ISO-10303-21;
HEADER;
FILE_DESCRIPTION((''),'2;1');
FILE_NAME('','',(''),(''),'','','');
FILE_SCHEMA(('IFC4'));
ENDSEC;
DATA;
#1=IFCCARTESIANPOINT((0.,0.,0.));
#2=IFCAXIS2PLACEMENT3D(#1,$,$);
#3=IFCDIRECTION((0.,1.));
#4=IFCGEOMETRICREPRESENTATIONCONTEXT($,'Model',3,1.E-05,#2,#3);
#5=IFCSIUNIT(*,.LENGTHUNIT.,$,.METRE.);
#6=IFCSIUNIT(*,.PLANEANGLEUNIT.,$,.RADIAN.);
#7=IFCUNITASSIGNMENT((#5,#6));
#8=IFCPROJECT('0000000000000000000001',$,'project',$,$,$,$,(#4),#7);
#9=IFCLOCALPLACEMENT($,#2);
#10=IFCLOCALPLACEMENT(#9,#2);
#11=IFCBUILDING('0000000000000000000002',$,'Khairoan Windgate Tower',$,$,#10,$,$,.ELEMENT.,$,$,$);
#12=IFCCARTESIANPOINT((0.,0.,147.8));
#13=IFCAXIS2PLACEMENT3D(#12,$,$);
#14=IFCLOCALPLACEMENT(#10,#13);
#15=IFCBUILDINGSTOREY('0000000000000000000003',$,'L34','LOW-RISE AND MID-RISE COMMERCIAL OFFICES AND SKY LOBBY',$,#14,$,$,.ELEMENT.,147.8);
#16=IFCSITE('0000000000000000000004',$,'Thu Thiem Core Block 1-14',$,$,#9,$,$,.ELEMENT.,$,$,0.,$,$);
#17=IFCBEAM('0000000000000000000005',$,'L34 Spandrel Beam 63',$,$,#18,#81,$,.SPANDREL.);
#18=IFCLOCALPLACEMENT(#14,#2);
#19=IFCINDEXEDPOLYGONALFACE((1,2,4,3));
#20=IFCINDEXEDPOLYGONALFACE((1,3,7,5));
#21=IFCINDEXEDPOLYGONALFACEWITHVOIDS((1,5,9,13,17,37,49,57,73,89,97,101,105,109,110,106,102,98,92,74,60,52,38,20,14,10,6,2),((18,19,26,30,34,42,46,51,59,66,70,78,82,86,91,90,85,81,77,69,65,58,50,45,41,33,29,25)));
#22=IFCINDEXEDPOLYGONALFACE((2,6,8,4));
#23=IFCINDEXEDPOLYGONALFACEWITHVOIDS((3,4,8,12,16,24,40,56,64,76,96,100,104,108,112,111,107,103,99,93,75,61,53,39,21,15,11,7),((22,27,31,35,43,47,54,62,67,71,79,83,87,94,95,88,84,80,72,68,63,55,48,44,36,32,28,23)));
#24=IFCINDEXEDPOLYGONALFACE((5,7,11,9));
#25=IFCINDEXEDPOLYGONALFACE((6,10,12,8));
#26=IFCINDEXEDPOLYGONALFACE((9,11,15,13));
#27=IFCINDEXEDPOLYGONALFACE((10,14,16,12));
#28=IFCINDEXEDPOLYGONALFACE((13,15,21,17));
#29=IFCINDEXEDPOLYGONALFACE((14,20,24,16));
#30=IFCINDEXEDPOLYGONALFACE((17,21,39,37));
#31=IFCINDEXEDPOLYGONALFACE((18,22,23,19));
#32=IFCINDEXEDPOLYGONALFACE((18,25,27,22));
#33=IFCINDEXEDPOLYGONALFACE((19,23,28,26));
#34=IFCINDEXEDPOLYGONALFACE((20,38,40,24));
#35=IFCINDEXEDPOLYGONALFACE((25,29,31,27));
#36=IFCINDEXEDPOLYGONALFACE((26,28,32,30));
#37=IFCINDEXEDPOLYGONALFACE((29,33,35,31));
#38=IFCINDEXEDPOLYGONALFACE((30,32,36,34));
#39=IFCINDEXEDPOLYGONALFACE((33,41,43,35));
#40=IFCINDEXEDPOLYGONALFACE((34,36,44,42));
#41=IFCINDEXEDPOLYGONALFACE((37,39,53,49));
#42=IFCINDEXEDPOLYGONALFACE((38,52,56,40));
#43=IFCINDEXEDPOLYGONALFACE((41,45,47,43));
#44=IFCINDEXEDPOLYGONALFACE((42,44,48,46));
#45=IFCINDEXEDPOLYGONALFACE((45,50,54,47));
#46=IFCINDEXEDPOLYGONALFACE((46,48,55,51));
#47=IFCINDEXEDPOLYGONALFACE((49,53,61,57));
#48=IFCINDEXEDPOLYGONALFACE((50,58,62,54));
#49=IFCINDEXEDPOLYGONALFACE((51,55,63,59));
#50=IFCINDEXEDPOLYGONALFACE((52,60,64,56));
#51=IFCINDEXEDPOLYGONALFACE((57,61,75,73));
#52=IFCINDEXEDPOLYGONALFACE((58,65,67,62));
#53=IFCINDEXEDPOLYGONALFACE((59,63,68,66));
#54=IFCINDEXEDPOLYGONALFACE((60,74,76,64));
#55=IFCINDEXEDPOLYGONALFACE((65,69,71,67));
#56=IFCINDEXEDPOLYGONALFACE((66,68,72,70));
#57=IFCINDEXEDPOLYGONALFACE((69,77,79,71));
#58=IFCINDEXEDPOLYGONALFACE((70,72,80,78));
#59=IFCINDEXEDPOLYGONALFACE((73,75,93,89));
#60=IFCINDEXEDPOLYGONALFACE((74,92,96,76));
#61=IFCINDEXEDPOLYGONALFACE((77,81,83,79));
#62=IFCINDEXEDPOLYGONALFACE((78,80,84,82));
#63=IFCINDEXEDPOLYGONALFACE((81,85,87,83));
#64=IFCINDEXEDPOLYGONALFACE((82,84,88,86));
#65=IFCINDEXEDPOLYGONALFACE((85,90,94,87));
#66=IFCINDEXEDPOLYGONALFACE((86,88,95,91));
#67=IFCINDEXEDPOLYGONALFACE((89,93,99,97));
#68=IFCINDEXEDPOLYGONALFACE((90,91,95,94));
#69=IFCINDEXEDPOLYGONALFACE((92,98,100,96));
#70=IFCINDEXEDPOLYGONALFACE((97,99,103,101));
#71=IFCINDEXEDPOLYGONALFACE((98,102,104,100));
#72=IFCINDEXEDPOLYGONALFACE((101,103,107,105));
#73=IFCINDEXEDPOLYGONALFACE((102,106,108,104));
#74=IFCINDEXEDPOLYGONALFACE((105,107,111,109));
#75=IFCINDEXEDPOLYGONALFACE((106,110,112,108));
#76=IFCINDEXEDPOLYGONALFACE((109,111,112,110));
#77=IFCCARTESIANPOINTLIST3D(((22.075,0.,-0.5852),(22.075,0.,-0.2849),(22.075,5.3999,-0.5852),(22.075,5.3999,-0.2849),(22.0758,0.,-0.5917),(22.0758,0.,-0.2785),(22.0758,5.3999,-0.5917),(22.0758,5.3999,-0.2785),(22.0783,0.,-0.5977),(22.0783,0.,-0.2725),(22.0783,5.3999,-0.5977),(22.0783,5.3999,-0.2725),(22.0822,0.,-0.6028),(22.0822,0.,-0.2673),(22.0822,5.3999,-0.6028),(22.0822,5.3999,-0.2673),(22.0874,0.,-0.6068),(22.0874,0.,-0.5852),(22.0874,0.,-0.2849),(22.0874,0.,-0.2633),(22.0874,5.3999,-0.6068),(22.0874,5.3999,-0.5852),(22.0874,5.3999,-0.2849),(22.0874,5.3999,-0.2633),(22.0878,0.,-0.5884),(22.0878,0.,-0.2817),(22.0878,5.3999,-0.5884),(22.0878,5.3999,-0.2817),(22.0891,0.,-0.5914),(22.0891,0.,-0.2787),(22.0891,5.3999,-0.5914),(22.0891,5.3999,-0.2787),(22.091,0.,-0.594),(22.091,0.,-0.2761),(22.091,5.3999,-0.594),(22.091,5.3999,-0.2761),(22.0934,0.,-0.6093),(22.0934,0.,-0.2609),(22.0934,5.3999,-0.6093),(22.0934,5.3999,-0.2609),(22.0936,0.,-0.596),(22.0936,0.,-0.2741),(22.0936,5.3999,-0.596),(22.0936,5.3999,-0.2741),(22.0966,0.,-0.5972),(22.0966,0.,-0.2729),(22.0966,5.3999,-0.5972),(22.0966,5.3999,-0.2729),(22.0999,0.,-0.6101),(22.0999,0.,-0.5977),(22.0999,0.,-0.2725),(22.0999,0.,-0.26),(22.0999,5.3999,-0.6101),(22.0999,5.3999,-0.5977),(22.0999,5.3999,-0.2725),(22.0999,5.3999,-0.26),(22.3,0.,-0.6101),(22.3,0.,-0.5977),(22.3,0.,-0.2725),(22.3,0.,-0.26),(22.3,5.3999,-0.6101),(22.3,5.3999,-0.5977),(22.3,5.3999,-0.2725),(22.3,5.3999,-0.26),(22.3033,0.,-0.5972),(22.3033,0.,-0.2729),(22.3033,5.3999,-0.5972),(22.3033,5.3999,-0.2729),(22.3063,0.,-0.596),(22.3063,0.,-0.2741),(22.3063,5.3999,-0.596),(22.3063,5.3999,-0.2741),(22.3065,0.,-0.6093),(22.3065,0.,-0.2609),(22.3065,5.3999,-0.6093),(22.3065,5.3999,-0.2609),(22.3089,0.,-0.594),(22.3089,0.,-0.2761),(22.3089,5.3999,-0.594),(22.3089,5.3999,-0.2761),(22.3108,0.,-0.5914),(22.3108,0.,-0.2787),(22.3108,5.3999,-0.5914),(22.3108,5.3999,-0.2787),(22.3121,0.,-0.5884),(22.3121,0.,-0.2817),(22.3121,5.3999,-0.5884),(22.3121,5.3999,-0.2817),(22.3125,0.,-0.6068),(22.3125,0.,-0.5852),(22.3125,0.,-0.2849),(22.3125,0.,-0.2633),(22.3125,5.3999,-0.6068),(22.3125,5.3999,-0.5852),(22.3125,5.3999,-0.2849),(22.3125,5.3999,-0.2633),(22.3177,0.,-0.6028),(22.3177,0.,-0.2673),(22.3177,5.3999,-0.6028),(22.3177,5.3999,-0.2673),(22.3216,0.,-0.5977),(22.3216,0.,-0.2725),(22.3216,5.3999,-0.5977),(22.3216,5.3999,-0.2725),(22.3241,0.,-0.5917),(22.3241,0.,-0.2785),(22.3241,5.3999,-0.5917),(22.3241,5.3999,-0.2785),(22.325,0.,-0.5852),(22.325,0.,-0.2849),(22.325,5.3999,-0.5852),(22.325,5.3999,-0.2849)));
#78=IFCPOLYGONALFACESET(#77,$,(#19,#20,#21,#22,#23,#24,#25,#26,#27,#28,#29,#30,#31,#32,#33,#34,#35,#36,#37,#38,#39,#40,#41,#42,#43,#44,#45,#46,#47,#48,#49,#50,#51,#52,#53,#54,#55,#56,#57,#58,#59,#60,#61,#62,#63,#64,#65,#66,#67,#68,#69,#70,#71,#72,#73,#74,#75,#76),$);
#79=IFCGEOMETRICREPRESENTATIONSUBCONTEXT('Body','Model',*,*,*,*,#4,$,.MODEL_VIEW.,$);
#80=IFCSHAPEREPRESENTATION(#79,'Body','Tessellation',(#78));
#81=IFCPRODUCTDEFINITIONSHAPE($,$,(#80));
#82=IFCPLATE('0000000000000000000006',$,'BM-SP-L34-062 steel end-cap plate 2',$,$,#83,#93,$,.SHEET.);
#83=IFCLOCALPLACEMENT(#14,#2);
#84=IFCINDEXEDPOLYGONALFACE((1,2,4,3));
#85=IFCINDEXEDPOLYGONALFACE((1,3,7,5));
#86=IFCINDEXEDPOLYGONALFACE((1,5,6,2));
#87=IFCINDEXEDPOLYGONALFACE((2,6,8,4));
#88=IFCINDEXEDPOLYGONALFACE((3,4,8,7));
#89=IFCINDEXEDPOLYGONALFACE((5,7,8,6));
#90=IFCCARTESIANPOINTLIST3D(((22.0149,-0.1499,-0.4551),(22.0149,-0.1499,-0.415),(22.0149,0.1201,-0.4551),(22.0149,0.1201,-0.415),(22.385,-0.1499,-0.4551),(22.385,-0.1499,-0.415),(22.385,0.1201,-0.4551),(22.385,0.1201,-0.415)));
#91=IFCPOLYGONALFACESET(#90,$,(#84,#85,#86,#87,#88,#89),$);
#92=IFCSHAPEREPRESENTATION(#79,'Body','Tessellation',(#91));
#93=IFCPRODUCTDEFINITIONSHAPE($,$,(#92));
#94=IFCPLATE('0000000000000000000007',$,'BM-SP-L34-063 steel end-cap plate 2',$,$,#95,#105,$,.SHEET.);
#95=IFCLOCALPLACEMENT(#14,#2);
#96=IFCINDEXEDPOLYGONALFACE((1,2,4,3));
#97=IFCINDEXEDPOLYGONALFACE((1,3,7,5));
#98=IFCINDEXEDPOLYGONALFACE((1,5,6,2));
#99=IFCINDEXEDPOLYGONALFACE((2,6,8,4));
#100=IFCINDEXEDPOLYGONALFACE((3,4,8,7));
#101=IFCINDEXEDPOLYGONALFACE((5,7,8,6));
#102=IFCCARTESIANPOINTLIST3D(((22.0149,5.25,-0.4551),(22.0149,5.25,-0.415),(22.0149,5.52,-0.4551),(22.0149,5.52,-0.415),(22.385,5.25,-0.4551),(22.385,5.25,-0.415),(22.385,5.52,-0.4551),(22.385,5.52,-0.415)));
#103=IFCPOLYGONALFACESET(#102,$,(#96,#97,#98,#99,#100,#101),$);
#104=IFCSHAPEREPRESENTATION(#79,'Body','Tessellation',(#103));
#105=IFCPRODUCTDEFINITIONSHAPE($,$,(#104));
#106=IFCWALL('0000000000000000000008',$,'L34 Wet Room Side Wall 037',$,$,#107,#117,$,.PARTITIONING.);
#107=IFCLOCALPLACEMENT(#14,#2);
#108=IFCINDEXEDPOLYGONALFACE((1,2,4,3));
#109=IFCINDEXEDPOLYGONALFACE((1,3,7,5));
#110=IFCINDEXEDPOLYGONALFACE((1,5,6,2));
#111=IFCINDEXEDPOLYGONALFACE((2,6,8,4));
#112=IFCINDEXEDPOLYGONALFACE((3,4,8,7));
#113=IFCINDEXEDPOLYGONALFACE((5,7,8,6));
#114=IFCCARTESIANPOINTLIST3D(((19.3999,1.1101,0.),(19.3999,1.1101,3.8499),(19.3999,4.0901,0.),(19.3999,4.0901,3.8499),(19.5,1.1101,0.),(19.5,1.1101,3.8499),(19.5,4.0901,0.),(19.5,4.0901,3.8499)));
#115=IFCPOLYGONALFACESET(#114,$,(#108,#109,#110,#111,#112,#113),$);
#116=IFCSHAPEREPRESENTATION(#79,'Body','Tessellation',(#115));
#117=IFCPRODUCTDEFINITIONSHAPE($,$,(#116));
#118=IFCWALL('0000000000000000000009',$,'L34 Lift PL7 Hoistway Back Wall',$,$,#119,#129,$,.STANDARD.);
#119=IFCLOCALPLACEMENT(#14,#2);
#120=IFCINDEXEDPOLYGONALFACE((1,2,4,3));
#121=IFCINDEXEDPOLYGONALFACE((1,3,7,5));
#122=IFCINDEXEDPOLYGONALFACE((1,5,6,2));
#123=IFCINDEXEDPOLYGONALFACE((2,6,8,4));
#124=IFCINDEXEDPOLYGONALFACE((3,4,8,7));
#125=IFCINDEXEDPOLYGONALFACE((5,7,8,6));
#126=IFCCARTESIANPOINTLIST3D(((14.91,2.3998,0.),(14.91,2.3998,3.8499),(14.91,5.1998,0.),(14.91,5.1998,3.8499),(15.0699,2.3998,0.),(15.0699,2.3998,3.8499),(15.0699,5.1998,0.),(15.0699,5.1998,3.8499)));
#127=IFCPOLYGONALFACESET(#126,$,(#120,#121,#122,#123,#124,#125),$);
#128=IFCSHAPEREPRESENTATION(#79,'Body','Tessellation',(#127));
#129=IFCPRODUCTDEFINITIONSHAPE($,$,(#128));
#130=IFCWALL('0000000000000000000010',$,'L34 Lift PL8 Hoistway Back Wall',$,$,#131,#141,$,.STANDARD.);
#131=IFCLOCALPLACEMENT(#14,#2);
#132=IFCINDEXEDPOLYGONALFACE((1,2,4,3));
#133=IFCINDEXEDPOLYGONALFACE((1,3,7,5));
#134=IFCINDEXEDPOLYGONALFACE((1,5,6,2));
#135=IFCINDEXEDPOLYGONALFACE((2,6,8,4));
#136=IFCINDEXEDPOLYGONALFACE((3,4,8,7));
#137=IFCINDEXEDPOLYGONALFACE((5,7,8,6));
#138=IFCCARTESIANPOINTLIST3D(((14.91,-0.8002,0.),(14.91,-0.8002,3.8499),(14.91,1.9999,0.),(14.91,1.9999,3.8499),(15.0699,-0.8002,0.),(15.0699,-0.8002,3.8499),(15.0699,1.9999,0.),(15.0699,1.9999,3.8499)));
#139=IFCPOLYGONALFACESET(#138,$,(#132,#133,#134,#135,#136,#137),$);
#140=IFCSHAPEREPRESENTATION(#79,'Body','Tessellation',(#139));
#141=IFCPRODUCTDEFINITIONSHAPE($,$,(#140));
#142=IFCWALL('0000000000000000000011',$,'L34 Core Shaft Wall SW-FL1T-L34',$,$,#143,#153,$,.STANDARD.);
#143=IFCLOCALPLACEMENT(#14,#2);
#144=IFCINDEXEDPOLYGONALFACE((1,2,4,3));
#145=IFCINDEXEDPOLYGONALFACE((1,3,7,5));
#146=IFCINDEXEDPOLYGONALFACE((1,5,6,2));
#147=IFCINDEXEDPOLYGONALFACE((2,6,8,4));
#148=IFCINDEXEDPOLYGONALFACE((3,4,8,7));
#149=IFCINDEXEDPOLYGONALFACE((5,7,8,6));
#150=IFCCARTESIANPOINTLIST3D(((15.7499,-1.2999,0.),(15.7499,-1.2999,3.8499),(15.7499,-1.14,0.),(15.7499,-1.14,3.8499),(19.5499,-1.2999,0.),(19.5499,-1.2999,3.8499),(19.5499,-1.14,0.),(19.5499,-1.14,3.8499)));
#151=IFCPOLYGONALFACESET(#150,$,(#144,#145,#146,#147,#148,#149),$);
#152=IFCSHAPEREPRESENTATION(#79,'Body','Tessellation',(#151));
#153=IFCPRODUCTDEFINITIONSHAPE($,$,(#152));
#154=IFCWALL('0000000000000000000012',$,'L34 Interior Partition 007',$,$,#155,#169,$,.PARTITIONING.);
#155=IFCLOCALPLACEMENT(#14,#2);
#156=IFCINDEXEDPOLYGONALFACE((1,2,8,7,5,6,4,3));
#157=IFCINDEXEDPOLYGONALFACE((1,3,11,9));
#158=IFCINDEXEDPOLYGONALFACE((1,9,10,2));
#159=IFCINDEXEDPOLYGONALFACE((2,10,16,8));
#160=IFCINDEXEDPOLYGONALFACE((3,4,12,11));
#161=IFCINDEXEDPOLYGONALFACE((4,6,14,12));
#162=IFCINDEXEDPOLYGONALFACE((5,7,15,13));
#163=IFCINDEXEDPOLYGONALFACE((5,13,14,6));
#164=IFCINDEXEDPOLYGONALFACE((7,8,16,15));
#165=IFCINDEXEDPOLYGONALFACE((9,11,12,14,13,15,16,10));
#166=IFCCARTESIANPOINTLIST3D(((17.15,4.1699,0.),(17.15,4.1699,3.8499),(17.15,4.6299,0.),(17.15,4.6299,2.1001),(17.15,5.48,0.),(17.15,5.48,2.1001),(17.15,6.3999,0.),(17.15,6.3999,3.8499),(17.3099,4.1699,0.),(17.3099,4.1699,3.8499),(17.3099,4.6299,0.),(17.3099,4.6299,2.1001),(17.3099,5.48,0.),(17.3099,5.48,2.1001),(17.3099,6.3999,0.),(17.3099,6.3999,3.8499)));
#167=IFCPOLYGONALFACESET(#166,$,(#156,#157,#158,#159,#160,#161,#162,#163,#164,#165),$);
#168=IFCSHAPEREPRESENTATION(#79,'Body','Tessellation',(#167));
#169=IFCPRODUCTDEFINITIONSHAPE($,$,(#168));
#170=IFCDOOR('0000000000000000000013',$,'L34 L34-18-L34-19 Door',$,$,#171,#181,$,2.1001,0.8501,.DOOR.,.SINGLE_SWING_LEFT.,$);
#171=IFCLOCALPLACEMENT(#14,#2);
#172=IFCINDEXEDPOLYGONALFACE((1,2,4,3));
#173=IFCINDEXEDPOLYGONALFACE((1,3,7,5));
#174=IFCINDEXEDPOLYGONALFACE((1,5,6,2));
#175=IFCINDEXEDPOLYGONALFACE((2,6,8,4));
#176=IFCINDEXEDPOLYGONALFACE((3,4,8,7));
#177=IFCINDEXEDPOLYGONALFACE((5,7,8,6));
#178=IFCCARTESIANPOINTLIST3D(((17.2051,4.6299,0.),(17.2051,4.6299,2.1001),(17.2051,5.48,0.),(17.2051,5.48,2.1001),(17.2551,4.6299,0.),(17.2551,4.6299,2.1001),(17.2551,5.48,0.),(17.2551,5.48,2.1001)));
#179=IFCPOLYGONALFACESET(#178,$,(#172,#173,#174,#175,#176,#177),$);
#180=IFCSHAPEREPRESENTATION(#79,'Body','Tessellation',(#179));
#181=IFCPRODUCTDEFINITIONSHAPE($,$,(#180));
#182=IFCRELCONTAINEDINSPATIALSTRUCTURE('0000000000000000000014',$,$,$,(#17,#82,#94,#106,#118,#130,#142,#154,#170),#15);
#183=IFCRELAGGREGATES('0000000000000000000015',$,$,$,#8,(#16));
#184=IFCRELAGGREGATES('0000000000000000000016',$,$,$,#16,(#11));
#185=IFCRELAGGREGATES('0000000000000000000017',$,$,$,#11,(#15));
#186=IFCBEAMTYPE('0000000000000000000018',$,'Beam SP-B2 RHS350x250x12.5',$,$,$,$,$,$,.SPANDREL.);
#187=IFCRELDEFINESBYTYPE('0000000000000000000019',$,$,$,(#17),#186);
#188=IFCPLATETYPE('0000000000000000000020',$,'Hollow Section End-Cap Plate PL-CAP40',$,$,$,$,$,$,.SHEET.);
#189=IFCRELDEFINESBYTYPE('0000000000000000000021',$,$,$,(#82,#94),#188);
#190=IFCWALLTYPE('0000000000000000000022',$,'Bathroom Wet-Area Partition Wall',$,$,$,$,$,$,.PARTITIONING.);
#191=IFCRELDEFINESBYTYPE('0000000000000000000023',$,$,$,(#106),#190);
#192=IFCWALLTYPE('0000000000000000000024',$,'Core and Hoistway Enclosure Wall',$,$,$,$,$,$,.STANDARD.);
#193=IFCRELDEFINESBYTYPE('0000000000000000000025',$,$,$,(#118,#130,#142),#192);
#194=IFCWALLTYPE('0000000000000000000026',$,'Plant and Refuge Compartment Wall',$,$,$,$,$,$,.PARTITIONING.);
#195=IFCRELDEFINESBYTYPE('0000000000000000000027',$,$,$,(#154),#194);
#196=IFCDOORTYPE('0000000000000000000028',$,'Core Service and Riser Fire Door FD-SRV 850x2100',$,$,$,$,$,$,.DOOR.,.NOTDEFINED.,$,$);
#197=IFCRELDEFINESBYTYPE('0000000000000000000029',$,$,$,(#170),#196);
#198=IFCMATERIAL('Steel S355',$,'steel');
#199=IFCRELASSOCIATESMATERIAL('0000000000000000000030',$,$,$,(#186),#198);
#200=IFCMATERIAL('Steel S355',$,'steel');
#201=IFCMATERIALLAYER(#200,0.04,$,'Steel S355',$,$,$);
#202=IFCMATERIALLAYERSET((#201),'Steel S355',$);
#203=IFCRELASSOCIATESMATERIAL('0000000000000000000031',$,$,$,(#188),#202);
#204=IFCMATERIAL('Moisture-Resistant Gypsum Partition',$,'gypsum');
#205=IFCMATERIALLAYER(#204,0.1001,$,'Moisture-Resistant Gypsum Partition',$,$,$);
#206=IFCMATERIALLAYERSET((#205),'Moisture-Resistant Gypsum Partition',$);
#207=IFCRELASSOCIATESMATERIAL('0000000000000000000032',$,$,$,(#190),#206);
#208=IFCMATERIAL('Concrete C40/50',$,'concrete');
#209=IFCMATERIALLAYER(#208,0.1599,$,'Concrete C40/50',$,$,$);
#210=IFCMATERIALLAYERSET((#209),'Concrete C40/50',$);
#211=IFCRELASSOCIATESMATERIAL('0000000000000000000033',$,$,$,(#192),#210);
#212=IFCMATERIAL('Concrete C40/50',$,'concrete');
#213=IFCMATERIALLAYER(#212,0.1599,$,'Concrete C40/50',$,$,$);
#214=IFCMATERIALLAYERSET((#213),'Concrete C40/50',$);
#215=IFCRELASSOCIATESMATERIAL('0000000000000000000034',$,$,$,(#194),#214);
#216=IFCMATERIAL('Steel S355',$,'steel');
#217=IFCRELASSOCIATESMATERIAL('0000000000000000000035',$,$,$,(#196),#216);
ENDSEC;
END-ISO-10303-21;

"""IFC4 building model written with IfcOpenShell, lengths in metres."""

from ifc_helpers import new_model, si_unit, direction, frame, frame_2d, origin, origin_2d, place, context, subcontext, project, spatial, rectangle, hollow_rectangle, extrude, material, layer, layer_set, material_profile, profile_set, type_object, element, fill, save


model = new_model("IFC4")

# Units and contexts
model_context = context("Model", 3, precision=1e-05, world=origin(), true_north=direction((0.0, 1.0)))
body_context = subcontext(model_context, "Body", "Model", "MODEL_VIEW")
ifc_project = project(units=[si_unit("LENGTHUNIT", "METRE"), si_unit("PLANEANGLEUNIT", "RADIAN")], contexts=[model_context])

# Site, building, storey
site_placement = place(None, origin())
site = spatial("IfcSite", under=ifc_project, at=site_placement, Name="Thu Thiem Core Block 1-14", CompositionType="ELEMENT", RefElevation=0.0)
building_placement = place(site_placement, origin())
building = spatial("IfcBuilding", under=site, at=building_placement, Name="Khairoan Windgate Tower", CompositionType="ELEMENT")
storey_placement = place(building_placement, frame((0.0, 0.0, 147.8)))
storey = spatial("IfcBuildingStorey", under=building, at=storey_placement, Name="L34", Description="LOW-RISE AND MID-RISE COMMERCIAL OFFICES AND SKY LOBBY", CompositionType="ELEMENT", Elevation=147.8)

# Beam
ifc_material_1 = material(Name="Steel S355", Category="steel")
ifc_material_profile_1 = material_profile(ifc_material_1, hollow_rectangle(XDim=0.25, YDim=0.3501, WallThickness=0.0125, InnerFilletRadius=0.0125, OuterFilletRadius=0.0249, at=origin_2d()))
ifc_profile_set_1 = profile_set([ifc_material_profile_1], Name="Steel S355")
beam_type_1 = type_object("IfcBeamType", Name="Beam SP-B2 RHS350x250x12.5", PredefinedType="SPANDREL", material=ifc_profile_set_1)
beam_1_placement = place(storey_placement, frame((22.2, 0.0, -0.4351), z_axis=(0.0, 1.0, 0.0), x_axis=(-1.0, 0.0, 0.0)))
element("IfcBeam", 1, at=beam_1_placement, inside=storey, type_object=beam_type_1, Name="L34 Spandrel Beam 63", PredefinedType="SPANDREL", context=body_context, shape_type="SweptSolid", body=[
    extrude(hollow_rectangle(XDim=0.25, YDim=0.3501, WallThickness=0.0125, InnerFilletRadius=0.0125, OuterFilletRadius=0.0249, at=origin_2d()), origin(), (0.0, 0.0, 1.0), 5.3999),
])

# Plates
ifc_material_2 = material(Name="Steel S355", Category="steel")
ifc_layer_1 = layer(ifc_material_2, 0.04, Name="Steel S355")
ifc_layer_set_1 = layer_set([ifc_layer_1], Name="Steel S355")
plate_type = type_object("IfcPlateType", Name="Hollow Section End-Cap Plate PL-CAP40", PredefinedType="SHEET", material=ifc_layer_set_1)
for number, where, z_axis, x_axis, name in (
    (2, (22.2, -0.0149, -0.4551), (0.0, 0.0, 1.0), (0.0, 1.0, 0.0), "BM-SP-L34-062 steel end-cap plate 2"),
    (3, (22.2, 5.385, -0.4551), (0.0, 0.0, 1.0), (0.0, 1.0, 0.0), "BM-SP-L34-063 steel end-cap plate 2"),
):
    element("IfcPlate", number, at=place(storey_placement, frame(where, z_axis=z_axis, x_axis=x_axis)), inside=storey, type_object=plate_type, Name=name, PredefinedType="SHEET", context=body_context, shape_type="SweptSolid", body=[
        extrude(rectangle(XDim=0.27, YDim=0.3701, at=origin_2d()), origin(), (0.0, 0.0, 1.0), 0.04),
    ])

# Walls
ifc_material_3 = material(Name="Moisture-Resistant Gypsum Partition", Category="gypsum")
ifc_layer_2 = layer(ifc_material_3, 0.1001, Name="Moisture-Resistant Gypsum Partition")
ifc_layer_set_2 = layer_set([ifc_layer_2], Name="Moisture-Resistant Gypsum Partition")
wall_type_1 = type_object("IfcWallType", Name="Bathroom Wet-Area Partition Wall", PredefinedType="PARTITIONING", material=ifc_layer_set_2)
wall_1_placement = place(storey_placement, frame((19.45, 4.0901, 0.0), z_axis=(0.0, 0.0, 1.0), x_axis=(0.0, -1.0, 0.0)))
element("IfcWall", 4, at=wall_1_placement, inside=storey, type_object=wall_type_1, Name="L34 Wet Room Side Wall 037", PredefinedType="PARTITIONING", context=body_context, shape_type="SweptSolid", body=[
    extrude(rectangle(XDim=2.98, YDim=0.1001, at=frame_2d((1.49, 0.0))), origin(), (0.0, 0.0, 1.0), 3.8499),
])
ifc_material_4 = material(Name="Concrete C40/50", Category="concrete")
ifc_layer_3 = layer(ifc_material_4, 0.1599, Name="Concrete C40/50")
ifc_layer_set_3 = layer_set([ifc_layer_3], Name="Concrete C40/50")
wall_type_2 = type_object("IfcWallType", Name="Core and Hoistway Enclosure Wall", PredefinedType="STANDARD", material=ifc_layer_set_3)
for number, where, z_axis, x_axis, name in (
    (5, (14.99, 2.3999, 0.0), (0.0, 0.0, 1.0), (0.0, 1.0, 0.0), "L34 Lift PL7 Hoistway Back Wall"),
    (6, (14.99, -0.8, 0.0), (0.0, 0.0, 1.0), (0.0, 1.0, 0.0), "L34 Lift PL8 Hoistway Back Wall"),
):
    element("IfcWall", number, at=place(storey_placement, frame(where, z_axis=z_axis, x_axis=x_axis)), inside=storey, type_object=wall_type_2, Name=name, PredefinedType="STANDARD", context=body_context, shape_type="SweptSolid", body=[
        extrude(rectangle(XDim=2.8, YDim=0.1599, at=frame_2d((1.3999, 0.0))), origin(), (0.0, 0.0, 1.0), 3.8499),
    ])
wall_2_placement = place(storey_placement, frame((15.75, -1.22, 0.0), z_axis=(0.0, 0.0, 1.0), x_axis=(1.0, 0.0, 0.0)))
element("IfcWall", 7, at=wall_2_placement, inside=storey, type_object=wall_type_2, Name="L34 Core Shaft Wall SW-FL1T-L34", PredefinedType="STANDARD", context=body_context, shape_type="SweptSolid", body=[
    extrude(rectangle(XDim=3.8, YDim=0.1599, at=frame_2d((1.8999, 0.0))), origin(), (0.0, 0.0, 1.0), 3.8499),
])

# Wall, opening, door
ifc_material_5 = material(Name="Concrete C40/50", Category="concrete")
ifc_layer_4 = layer(ifc_material_5, 0.1599, Name="Concrete C40/50")
ifc_layer_set_4 = layer_set([ifc_layer_4], Name="Concrete C40/50")
wall_type_3 = type_object("IfcWallType", Name="Plant and Refuge Compartment Wall", PredefinedType="PARTITIONING", material=ifc_layer_set_4)
wall_3_placement = place(storey_placement, frame((17.23, 4.1699, 0.0), z_axis=(0.0, 0.0, 1.0), x_axis=(0.0, 1.0, 0.0)))
wall_3 = element("IfcWall", 8, at=wall_3_placement, inside=storey, type_object=wall_type_3, Name="L34 Interior Partition 007", PredefinedType="PARTITIONING", context=body_context, shape_type="SweptSolid", body=[
    extrude(rectangle(XDim=2.23, YDim=0.1599, at=frame_2d((1.115, 0.0))), origin(), (0.0, 0.0, 1.0), 3.8499),
])
opening_1_placement = place(wall_3_placement, frame((0.46, 0.0, 0.0)))
opening_1 = element("IfcOpeningElement", 9, at=opening_1_placement, cuts=wall_3, PredefinedType="OPENING", context=body_context, shape_type="SweptSolid", body=[
    extrude(rectangle(XDim=0.8501, YDim=2.1001, at=frame_2d((0.425, 1.05))), frame((0.0, 0.0898, 0.0), z_axis=(0.0, -1.0, 0.0), x_axis=(1.0, 0.0, 0.0)), (0.0, 0.0, 1.0), 0.1799),
])
ifc_material_6 = material(Name="Steel S355", Category="steel")
door_type = type_object("IfcDoorType", Name="Core Service and Riser Fire Door FD-SRV 850x2100", OperationType="NOTDEFINED", PredefinedType="DOOR", material=ifc_material_6)
door_1_placement = place(opening_1_placement, origin())
door_1 = element("IfcDoor", 10, at=door_1_placement, inside=storey, type_object=door_type, Name="L34 L34-18-L34-19 Door", OperationType="SINGLE_SWING_LEFT", OverallHeight=2.1001, OverallWidth=0.8501, PredefinedType="DOOR", context=body_context, shape_type="SweptSolid", body=[
    extrude(rectangle(XDim=0.8501, YDim=2.1001, at=frame_2d((0.425, 1.05))), frame((0.0, 0.0249, 0.0), z_axis=(0.0, -1.0, 0.0), x_axis=(1.0, 0.0, 0.0)), (0.0, 0.0, 1.0), 0.05),
])
fill(opening_1, door_1)

save(model, "model.ifc")
